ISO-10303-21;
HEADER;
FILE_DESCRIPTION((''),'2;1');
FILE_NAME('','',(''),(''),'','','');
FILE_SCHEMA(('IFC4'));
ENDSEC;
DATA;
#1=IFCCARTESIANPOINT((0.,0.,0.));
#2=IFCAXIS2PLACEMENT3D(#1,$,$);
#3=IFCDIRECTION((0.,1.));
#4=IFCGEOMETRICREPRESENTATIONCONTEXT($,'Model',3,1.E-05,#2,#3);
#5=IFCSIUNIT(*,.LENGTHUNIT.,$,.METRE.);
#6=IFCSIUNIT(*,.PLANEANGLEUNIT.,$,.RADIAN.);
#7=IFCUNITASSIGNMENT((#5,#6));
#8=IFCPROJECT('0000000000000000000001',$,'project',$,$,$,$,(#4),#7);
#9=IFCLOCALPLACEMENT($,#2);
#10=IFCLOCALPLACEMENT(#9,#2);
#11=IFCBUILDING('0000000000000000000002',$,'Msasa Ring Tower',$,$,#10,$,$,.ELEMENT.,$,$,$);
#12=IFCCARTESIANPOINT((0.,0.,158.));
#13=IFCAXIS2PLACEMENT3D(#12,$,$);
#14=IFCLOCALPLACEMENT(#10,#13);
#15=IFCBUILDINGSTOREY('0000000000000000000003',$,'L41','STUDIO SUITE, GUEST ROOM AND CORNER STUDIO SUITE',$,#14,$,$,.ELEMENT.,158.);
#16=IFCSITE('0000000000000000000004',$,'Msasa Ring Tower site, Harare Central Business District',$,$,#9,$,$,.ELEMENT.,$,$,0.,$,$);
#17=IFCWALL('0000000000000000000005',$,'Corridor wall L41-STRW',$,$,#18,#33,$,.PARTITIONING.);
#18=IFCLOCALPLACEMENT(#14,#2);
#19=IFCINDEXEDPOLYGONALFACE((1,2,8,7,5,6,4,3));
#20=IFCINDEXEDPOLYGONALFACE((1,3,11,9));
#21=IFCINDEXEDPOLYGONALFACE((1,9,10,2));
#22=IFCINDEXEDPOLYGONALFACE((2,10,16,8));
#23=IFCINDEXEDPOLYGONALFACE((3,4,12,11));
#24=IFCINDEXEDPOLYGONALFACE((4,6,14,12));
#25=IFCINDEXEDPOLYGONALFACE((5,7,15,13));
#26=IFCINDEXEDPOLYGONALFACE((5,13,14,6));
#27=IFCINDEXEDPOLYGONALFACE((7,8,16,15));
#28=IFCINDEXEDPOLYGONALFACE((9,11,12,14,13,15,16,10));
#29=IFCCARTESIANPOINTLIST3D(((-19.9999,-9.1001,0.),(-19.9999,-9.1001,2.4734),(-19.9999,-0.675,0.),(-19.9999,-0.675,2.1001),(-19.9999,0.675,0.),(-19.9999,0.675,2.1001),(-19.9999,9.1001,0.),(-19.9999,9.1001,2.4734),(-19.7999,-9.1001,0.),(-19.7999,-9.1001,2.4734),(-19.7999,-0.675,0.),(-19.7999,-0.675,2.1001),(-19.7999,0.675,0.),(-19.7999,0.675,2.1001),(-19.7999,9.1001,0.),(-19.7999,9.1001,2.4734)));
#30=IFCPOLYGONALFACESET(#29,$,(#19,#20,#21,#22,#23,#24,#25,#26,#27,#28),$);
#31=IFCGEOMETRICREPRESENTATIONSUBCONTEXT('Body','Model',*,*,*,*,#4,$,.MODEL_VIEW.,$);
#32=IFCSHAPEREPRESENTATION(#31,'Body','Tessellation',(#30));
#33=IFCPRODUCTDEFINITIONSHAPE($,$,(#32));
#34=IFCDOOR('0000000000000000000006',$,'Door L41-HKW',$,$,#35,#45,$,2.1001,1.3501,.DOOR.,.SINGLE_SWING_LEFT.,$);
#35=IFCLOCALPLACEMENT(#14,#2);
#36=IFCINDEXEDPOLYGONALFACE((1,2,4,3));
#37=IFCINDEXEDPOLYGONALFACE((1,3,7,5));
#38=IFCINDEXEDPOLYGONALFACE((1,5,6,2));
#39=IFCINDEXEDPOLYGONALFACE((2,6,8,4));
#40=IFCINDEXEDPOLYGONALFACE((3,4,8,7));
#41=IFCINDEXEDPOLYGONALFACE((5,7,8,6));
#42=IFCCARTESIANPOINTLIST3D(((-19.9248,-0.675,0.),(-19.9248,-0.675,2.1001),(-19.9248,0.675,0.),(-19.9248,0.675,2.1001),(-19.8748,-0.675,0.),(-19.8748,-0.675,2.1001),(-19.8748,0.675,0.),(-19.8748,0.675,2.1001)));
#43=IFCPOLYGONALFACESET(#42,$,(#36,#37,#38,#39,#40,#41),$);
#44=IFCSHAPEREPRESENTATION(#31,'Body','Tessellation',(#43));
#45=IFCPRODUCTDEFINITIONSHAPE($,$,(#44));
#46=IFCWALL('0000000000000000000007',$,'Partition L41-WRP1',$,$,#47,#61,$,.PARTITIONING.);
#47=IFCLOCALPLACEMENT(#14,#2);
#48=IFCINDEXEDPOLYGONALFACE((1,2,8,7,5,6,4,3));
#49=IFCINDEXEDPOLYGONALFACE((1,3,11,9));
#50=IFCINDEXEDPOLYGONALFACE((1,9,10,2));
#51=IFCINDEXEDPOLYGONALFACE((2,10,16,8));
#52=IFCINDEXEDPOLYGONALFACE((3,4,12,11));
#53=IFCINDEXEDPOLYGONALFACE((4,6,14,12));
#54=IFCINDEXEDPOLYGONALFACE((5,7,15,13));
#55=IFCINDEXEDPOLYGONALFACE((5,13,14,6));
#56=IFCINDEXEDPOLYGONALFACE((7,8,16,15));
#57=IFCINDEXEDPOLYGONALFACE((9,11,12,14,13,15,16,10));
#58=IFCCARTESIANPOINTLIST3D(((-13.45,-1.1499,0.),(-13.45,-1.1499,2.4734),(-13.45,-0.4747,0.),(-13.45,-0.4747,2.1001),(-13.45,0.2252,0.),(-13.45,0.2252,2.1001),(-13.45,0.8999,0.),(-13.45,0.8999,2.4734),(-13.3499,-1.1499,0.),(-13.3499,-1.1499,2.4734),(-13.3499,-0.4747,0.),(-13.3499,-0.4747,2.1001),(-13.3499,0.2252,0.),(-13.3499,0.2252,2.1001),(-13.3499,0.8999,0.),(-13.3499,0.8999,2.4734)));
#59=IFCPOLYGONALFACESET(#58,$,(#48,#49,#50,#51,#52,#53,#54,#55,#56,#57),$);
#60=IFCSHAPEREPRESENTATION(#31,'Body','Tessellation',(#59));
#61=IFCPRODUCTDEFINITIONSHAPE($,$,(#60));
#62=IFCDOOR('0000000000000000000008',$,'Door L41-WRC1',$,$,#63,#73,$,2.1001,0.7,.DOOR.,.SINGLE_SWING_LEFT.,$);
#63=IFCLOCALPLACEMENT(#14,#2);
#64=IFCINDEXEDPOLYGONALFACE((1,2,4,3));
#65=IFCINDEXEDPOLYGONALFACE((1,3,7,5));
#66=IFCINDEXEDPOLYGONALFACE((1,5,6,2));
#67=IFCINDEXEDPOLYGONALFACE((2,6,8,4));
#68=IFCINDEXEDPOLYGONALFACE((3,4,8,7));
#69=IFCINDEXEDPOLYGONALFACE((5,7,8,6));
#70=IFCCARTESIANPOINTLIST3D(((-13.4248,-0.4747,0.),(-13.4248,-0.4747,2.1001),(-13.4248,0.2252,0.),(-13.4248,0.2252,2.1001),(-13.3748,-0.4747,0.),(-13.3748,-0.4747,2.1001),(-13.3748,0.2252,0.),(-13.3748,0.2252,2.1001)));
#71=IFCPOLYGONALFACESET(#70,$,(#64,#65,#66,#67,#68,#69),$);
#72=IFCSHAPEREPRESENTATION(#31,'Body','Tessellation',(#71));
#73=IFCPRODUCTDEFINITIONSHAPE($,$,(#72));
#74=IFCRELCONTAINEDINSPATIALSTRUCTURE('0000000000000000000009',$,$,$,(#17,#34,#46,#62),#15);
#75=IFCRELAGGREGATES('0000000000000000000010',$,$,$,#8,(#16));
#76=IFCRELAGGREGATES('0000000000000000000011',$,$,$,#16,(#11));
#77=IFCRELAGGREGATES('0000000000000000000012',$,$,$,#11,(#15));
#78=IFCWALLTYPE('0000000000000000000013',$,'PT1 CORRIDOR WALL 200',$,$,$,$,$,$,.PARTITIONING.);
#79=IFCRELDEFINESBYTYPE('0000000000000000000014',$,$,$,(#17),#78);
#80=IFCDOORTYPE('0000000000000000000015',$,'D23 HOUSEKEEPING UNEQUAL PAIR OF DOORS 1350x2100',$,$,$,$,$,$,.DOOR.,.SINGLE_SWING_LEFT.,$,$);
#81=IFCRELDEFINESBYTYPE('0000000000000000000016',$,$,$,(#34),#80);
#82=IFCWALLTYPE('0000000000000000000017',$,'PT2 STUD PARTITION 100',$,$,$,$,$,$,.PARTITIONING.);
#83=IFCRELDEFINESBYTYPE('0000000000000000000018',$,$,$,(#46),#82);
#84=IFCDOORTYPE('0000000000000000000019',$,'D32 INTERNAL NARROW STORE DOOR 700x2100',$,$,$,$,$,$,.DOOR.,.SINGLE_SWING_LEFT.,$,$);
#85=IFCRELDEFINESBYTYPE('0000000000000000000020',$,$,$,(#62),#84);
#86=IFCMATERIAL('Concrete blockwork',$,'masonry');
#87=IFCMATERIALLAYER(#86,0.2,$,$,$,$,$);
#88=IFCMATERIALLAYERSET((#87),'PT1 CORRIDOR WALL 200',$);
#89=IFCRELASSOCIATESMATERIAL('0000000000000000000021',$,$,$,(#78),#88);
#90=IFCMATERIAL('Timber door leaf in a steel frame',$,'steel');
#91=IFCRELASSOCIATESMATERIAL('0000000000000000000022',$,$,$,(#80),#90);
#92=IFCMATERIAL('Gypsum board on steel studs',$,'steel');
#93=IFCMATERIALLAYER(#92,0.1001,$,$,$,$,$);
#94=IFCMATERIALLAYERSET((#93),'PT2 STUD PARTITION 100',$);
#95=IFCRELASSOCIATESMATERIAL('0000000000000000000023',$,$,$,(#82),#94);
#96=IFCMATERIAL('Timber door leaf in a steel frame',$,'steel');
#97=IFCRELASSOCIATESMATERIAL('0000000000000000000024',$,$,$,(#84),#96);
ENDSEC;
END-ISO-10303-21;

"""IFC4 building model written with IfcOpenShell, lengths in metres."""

from ifc_helpers import new_model, si_unit, direction, frame, frame_2d, origin, place, context, subcontext, project, spatial, rectangle, extrude, material, layer, layer_set, type_object, element, fill, save


model = new_model("IFC4")

# Units and contexts
model_context = context("Model", 3, precision=1e-05, world=origin(), true_north=direction((0.0, 1.0)))
body_context = subcontext(model_context, "Body", "Model", "MODEL_VIEW")
ifc_project = project(units=[si_unit("LENGTHUNIT", "METRE"), si_unit("PLANEANGLEUNIT", "RADIAN")], contexts=[model_context])

# Site, building, storey
site_placement = place(None, origin())
site = spatial("IfcSite", under=ifc_project, at=site_placement, Name="Msasa Ring Tower site, Harare Central Business District", CompositionType="ELEMENT", RefElevation=0.0)
building_placement = place(site_placement, origin())
building = spatial("IfcBuilding", under=site, at=building_placement, Name="Msasa Ring Tower", CompositionType="ELEMENT")
storey_placement = place(building_placement, frame((0.0, 0.0, 158.0)))
storey = spatial("IfcBuildingStorey", under=building, at=storey_placement, Name="L41", Description="STUDIO SUITE, GUEST ROOM AND CORNER STUDIO SUITE", CompositionType="ELEMENT", Elevation=158.0)

# Walls, openings, doors
ifc_material_1 = material(Name="Concrete blockwork", Category="masonry")
ifc_layer_1 = layer(ifc_material_1, 0.2)
ifc_layer_set_1 = layer_set([ifc_layer_1], Name="PT1 CORRIDOR WALL 200")
wall_type_1 = type_object("IfcWallType", Name="PT1 CORRIDOR WALL 200", PredefinedType="PARTITIONING", material=ifc_layer_set_1)
wall_1_placement = place(storey_placement, frame((-19.8999, -9.1001, 0.0), z_axis=(0.0, 0.0, 1.0), x_axis=(0.0, 1.0, 0.0)))
wall_1 = element("IfcWall", 1, at=wall_1_placement, inside=storey, type_object=wall_type_1, Name="Corridor wall L41-STRW", PredefinedType="PARTITIONING", context=body_context, shape_type="SweptSolid", body=[
    extrude(rectangle(XDim=18.2002, YDim=0.2, at=frame_2d((9.1001, 0.0))), origin(), (0.0, 0.0, 1.0), 2.4734),
])
opening_1_placement = place(wall_1_placement, frame((8.425, 0.0, 0.0)))
opening_1 = element("IfcOpeningElement", 2, at=opening_1_placement, cuts=wall_1, PredefinedType="OPENING", context=body_context, shape_type="SweptSolid", body=[
    extrude(rectangle(XDim=1.3501, YDim=2.1001, at=frame_2d((0.675, 1.05))), frame((0.0, 0.1099, 0.0), z_axis=(0.0, -1.0, 0.0), x_axis=(1.0, 0.0, 0.0)), (0.0, 0.0, 1.0), 0.22),
])
ifc_material_2 = material(Name="Timber door leaf in a steel frame", Category="steel")
door_type_1 = type_object("IfcDoorType", Name="D23 HOUSEKEEPING UNEQUAL PAIR OF DOORS 1350x2100", OperationType="SINGLE_SWING_LEFT", PredefinedType="DOOR", material=ifc_material_2)
door_1_placement = place(opening_1_placement, origin())
door_1 = element("IfcDoor", 3, at=door_1_placement, inside=storey, type_object=door_type_1, Name="Door L41-HKW", OperationType="SINGLE_SWING_LEFT", OverallHeight=2.1001, OverallWidth=1.3501, PredefinedType="DOOR", context=body_context, shape_type="SweptSolid", body=[
    extrude(rectangle(XDim=1.3501, YDim=2.1001, at=frame_2d((0.675, 1.05))), frame((0.0, 0.0249, 0.0), z_axis=(0.0, -1.0, 0.0), x_axis=(1.0, 0.0, 0.0)), (0.0, 0.0, 1.0), 0.05),
])
fill(opening_1, door_1)
ifc_material_3 = material(Name="Gypsum board on steel studs", Category="steel")
ifc_layer_2 = layer(ifc_material_3, 0.1001)
ifc_layer_set_2 = layer_set([ifc_layer_2], Name="PT2 STUD PARTITION 100")
wall_type_2 = type_object("IfcWallType", Name="PT2 STUD PARTITION 100", PredefinedType="PARTITIONING", material=ifc_layer_set_2)
wall_2_placement = place(storey_placement, frame((-13.3999, -1.1499, 0.0), z_axis=(0.0, 0.0, 1.0), x_axis=(0.0, 1.0, 0.0)))
wall_2 = element("IfcWall", 4, at=wall_2_placement, inside=storey, type_object=wall_type_2, Name="Partition L41-WRP1", PredefinedType="PARTITIONING", context=body_context, shape_type="SweptSolid", body=[
    extrude(rectangle(XDim=2.0498, YDim=0.1001, at=frame_2d((1.0249, 0.0))), origin(), (0.0, 0.0, 1.0), 2.4734),
])
opening_2_placement = place(wall_2_placement, frame((0.675, 0.0, 0.0)))
opening_2 = element("IfcOpeningElement", 5, at=opening_2_placement, cuts=wall_2, PredefinedType="OPENING", context=body_context, shape_type="SweptSolid", body=[
    extrude(rectangle(XDim=0.7, YDim=2.1001, at=frame_2d((0.3501, 1.05))), frame((0.0, 0.0601, 0.0), z_axis=(0.0, -1.0, 0.0), x_axis=(1.0, 0.0, 0.0)), (0.0, 0.0, 1.0), 0.1201),
])
ifc_material_4 = material(Name="Timber door leaf in a steel frame", Category="steel")
door_type_2 = type_object("IfcDoorType", Name="D32 INTERNAL NARROW STORE DOOR 700x2100", OperationType="SINGLE_SWING_LEFT", PredefinedType="DOOR", material=ifc_material_4)
door_2_placement = place(opening_2_placement, origin())
door_2 = element("IfcDoor", 6, at=door_2_placement, inside=storey, type_object=door_type_2, Name="Door L41-WRC1", OperationType="SINGLE_SWING_LEFT", OverallHeight=2.1001, OverallWidth=0.7, PredefinedType="DOOR", context=body_context, shape_type="SweptSolid", body=[
    extrude(rectangle(XDim=0.7, YDim=2.1001, at=frame_2d((0.3501, 1.05))), frame((0.0, 0.0249, 0.0), z_axis=(0.0, -1.0, 0.0), x_axis=(1.0, 0.0, 0.0)), (0.0, 0.0, 1.0), 0.05),
])
fill(opening_2, door_2)

save(model, "model.ifc")
